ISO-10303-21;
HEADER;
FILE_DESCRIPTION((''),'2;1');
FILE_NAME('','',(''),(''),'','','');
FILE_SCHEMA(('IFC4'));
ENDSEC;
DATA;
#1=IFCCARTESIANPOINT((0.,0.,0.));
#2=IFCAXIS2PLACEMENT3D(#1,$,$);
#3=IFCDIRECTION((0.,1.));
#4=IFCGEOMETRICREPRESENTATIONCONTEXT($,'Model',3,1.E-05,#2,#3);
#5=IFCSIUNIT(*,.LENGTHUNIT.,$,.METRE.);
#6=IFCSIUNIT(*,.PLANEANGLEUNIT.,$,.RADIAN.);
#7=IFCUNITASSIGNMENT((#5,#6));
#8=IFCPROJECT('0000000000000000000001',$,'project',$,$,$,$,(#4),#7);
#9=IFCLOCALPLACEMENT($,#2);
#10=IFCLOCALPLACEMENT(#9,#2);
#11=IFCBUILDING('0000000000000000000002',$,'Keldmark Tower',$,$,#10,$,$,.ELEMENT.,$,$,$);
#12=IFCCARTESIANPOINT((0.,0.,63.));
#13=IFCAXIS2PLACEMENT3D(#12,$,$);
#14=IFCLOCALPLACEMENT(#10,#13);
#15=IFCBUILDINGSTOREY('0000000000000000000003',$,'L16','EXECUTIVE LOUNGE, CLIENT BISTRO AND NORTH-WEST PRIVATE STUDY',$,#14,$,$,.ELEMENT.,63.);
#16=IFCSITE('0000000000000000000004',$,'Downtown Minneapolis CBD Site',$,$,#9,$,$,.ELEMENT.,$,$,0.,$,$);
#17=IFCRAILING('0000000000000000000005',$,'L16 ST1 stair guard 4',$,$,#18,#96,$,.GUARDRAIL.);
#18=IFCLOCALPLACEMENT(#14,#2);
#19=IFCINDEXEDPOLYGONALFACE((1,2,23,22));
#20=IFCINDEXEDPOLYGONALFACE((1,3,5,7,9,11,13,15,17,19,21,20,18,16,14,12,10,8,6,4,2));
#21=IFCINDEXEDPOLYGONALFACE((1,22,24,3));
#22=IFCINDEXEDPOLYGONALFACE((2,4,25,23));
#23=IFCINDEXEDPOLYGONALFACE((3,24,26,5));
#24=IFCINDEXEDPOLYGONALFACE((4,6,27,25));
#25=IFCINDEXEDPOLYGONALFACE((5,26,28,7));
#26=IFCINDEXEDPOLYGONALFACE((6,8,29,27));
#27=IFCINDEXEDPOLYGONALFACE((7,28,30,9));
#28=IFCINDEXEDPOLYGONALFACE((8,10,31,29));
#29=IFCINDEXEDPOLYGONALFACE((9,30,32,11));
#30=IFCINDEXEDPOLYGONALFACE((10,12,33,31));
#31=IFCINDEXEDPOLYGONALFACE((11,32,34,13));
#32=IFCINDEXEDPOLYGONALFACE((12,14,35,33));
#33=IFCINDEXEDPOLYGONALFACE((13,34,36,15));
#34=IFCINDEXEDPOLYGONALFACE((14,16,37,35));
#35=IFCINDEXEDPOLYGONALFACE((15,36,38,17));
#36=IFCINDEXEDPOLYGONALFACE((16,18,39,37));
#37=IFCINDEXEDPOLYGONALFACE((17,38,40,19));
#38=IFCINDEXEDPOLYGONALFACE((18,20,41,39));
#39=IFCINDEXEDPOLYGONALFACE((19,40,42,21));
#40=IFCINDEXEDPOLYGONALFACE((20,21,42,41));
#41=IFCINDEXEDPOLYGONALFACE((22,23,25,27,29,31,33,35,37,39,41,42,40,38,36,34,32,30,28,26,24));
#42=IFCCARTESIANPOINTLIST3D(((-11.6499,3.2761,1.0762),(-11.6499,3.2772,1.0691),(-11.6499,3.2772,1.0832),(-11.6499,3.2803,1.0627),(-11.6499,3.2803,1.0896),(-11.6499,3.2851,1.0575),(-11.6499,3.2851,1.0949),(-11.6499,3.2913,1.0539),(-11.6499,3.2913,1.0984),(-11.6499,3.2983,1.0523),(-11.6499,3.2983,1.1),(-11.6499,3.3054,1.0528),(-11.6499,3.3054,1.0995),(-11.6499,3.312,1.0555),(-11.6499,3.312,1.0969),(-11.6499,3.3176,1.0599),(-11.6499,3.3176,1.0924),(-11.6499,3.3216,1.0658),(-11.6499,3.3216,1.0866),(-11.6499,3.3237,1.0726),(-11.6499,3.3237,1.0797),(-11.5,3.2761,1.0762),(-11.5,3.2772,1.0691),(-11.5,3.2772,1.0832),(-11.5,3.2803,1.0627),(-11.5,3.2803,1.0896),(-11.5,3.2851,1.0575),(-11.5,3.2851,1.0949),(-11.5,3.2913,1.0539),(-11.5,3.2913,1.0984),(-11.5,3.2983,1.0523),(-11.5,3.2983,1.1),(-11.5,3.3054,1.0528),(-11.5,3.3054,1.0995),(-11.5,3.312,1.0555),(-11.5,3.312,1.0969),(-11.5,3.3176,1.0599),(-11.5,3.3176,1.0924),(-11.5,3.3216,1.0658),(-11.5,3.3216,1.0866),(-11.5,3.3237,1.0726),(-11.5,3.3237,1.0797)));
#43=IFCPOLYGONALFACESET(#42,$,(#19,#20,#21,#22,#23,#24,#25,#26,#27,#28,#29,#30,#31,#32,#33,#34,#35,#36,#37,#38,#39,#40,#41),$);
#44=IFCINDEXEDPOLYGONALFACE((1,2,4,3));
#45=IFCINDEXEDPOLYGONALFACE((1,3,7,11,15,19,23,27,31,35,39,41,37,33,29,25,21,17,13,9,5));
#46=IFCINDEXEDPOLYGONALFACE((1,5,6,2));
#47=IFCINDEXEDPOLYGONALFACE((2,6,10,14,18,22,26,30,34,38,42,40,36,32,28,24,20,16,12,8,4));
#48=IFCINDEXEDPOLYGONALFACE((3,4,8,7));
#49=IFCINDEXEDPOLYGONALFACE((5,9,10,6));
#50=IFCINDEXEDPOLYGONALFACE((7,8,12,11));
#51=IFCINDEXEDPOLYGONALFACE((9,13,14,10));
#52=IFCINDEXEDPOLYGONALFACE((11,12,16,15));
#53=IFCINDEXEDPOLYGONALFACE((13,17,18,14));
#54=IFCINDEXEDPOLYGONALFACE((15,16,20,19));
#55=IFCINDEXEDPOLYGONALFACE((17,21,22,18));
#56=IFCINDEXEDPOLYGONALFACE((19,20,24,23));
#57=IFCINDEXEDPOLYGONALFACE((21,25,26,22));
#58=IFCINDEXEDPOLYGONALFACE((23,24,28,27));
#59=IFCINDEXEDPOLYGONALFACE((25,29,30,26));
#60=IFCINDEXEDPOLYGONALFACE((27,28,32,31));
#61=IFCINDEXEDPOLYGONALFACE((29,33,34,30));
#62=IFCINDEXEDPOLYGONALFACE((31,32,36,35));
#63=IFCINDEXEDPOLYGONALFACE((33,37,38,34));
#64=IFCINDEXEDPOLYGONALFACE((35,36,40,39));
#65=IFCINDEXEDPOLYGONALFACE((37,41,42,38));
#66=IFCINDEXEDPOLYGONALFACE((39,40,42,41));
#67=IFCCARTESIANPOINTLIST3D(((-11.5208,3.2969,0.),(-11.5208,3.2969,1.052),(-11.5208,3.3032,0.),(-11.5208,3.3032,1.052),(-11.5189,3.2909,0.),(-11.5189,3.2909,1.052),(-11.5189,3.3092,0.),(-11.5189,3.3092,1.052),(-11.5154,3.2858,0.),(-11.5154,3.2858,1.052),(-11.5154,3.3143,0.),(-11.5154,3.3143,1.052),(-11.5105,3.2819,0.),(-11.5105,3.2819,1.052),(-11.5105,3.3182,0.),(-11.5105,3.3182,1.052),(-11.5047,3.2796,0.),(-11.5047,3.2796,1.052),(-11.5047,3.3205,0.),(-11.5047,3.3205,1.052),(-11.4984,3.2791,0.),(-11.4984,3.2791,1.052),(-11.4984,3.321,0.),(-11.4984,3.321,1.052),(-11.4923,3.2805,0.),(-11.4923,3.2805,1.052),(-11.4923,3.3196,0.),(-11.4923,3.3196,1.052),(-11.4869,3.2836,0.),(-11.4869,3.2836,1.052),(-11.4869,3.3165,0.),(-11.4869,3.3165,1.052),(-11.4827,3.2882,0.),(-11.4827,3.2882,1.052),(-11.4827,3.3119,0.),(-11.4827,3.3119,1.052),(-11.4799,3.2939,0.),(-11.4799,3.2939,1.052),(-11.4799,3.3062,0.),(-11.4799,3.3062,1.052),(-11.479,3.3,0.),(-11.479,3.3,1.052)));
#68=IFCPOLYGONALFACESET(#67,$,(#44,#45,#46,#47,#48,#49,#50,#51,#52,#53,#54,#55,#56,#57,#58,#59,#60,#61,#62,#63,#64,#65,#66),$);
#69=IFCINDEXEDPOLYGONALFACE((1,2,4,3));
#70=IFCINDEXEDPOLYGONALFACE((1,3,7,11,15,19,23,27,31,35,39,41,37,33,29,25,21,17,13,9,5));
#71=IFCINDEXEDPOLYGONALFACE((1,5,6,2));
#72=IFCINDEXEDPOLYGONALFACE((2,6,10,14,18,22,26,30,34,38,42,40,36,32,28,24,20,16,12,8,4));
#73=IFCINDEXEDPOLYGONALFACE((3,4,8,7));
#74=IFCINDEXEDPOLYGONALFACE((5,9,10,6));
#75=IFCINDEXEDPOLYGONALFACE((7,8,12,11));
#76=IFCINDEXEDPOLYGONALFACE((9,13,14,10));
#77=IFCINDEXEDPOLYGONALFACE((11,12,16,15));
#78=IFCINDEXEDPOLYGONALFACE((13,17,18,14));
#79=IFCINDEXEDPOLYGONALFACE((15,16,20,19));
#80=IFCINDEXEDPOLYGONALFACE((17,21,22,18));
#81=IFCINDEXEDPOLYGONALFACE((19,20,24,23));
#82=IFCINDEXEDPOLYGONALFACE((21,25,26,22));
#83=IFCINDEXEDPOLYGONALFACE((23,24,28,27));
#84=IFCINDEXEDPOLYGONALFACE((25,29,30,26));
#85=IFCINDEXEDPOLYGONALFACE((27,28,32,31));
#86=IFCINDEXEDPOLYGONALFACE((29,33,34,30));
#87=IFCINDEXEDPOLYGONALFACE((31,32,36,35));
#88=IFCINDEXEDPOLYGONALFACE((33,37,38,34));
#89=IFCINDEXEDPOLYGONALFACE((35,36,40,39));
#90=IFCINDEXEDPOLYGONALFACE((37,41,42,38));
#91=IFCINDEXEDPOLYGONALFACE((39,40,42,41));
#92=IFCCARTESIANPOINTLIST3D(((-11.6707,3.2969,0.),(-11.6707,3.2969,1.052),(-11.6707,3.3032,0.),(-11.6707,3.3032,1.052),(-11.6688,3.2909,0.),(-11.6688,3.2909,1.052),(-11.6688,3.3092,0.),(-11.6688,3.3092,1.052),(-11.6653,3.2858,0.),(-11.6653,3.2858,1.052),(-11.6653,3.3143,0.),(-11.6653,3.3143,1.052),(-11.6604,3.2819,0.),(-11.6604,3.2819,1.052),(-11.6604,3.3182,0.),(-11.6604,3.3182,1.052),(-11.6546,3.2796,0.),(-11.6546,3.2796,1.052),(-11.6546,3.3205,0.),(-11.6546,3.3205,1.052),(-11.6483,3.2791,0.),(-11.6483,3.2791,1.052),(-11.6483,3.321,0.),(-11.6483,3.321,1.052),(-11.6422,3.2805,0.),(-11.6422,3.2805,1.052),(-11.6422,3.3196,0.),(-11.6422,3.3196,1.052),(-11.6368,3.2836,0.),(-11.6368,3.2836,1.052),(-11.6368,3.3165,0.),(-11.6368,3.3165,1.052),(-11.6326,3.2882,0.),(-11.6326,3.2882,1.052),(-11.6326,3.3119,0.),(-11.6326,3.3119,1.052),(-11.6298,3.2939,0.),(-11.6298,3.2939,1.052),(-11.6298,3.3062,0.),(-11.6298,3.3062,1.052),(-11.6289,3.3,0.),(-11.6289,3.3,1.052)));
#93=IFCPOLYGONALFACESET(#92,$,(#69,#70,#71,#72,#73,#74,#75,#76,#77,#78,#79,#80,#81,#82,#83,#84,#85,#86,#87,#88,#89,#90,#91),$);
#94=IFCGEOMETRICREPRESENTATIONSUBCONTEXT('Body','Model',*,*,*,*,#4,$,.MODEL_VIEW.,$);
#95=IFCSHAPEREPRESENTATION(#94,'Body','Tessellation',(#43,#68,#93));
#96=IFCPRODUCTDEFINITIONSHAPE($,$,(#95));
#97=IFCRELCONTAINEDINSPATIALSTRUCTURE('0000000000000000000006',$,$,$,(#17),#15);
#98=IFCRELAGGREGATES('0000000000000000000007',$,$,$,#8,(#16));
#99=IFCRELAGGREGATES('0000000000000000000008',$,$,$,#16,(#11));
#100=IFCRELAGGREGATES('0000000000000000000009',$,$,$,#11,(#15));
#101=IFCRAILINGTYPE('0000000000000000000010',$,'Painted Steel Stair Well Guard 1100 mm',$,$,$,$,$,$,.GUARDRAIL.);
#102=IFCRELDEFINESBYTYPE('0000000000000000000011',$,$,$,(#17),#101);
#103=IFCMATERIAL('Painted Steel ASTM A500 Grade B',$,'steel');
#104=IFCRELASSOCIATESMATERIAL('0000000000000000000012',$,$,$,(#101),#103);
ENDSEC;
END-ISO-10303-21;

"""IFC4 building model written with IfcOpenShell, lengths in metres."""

from ifc_helpers import new_model, si_unit, direction, frame, origin, origin_2d, place, context, subcontext, project, spatial, circle, extrude, material, type_object, element, save


model = new_model("IFC4")

# Units and contexts
model_context = context("Model", 3, precision=1e-05, world=origin(), true_north=direction((0.0, 1.0)))
body_context = subcontext(model_context, "Body", "Model", "MODEL_VIEW")
ifc_project = project(units=[si_unit("LENGTHUNIT", "METRE"), si_unit("PLANEANGLEUNIT", "RADIAN")], contexts=[model_context])

# Site, building, storey
site_placement = place(None, origin())
site = spatial("IfcSite", under=ifc_project, at=site_placement, Name="Downtown Minneapolis CBD Site", CompositionType="ELEMENT", RefElevation=0.0)
building_placement = place(site_placement, origin())
building = spatial("IfcBuilding", under=site, at=building_placement, Name="Keldmark Tower", CompositionType="ELEMENT")
storey_placement = place(building_placement, frame((0.0, 0.0, 63.0)))
storey = spatial("IfcBuildingStorey", under=building, at=storey_placement, Name="L16", Description="EXECUTIVE LOUNGE, CLIENT BISTRO AND NORTH-WEST PRIVATE STUDY", CompositionType="ELEMENT", Elevation=63.0)

# Railing
ifc_material_1 = material(Name="Painted Steel ASTM A500 Grade B", Category="steel")
railing_type_1 = type_object("IfcRailingType", Name="Painted Steel Stair Well Guard 1100 mm", PredefinedType="GUARDRAIL", material=ifc_material_1)
railing_1_placement = place(storey_placement, frame((-11.5, 3.3, 0.0)))
element("IfcRailing", 1, at=railing_1_placement, inside=storey, type_object=railing_type_1, Name="L16 ST1 stair guard 4", PredefinedType="GUARDRAIL", context=body_context, shape_type="SweptSolid", body=[
    extrude(circle(Radius=0.0239, at=origin_2d()), frame((0.0, 0.0, 1.0762), z_axis=(-1.0, 0.0, 0.0), x_axis=(0.0, -1.0, 0.0)), (0.0, 0.0, 1.0), 0.1499),
    extrude(circle(Radius=0.021, at=origin_2d()), origin(), (0.0, 0.0, 1.0), 1.052),
    extrude(circle(Radius=0.021, at=origin_2d()), frame((-0.1499, 0.0, 0.0)), (0.0, 0.0, 1.0), 1.052),
])

save(model, "model.ifc")
